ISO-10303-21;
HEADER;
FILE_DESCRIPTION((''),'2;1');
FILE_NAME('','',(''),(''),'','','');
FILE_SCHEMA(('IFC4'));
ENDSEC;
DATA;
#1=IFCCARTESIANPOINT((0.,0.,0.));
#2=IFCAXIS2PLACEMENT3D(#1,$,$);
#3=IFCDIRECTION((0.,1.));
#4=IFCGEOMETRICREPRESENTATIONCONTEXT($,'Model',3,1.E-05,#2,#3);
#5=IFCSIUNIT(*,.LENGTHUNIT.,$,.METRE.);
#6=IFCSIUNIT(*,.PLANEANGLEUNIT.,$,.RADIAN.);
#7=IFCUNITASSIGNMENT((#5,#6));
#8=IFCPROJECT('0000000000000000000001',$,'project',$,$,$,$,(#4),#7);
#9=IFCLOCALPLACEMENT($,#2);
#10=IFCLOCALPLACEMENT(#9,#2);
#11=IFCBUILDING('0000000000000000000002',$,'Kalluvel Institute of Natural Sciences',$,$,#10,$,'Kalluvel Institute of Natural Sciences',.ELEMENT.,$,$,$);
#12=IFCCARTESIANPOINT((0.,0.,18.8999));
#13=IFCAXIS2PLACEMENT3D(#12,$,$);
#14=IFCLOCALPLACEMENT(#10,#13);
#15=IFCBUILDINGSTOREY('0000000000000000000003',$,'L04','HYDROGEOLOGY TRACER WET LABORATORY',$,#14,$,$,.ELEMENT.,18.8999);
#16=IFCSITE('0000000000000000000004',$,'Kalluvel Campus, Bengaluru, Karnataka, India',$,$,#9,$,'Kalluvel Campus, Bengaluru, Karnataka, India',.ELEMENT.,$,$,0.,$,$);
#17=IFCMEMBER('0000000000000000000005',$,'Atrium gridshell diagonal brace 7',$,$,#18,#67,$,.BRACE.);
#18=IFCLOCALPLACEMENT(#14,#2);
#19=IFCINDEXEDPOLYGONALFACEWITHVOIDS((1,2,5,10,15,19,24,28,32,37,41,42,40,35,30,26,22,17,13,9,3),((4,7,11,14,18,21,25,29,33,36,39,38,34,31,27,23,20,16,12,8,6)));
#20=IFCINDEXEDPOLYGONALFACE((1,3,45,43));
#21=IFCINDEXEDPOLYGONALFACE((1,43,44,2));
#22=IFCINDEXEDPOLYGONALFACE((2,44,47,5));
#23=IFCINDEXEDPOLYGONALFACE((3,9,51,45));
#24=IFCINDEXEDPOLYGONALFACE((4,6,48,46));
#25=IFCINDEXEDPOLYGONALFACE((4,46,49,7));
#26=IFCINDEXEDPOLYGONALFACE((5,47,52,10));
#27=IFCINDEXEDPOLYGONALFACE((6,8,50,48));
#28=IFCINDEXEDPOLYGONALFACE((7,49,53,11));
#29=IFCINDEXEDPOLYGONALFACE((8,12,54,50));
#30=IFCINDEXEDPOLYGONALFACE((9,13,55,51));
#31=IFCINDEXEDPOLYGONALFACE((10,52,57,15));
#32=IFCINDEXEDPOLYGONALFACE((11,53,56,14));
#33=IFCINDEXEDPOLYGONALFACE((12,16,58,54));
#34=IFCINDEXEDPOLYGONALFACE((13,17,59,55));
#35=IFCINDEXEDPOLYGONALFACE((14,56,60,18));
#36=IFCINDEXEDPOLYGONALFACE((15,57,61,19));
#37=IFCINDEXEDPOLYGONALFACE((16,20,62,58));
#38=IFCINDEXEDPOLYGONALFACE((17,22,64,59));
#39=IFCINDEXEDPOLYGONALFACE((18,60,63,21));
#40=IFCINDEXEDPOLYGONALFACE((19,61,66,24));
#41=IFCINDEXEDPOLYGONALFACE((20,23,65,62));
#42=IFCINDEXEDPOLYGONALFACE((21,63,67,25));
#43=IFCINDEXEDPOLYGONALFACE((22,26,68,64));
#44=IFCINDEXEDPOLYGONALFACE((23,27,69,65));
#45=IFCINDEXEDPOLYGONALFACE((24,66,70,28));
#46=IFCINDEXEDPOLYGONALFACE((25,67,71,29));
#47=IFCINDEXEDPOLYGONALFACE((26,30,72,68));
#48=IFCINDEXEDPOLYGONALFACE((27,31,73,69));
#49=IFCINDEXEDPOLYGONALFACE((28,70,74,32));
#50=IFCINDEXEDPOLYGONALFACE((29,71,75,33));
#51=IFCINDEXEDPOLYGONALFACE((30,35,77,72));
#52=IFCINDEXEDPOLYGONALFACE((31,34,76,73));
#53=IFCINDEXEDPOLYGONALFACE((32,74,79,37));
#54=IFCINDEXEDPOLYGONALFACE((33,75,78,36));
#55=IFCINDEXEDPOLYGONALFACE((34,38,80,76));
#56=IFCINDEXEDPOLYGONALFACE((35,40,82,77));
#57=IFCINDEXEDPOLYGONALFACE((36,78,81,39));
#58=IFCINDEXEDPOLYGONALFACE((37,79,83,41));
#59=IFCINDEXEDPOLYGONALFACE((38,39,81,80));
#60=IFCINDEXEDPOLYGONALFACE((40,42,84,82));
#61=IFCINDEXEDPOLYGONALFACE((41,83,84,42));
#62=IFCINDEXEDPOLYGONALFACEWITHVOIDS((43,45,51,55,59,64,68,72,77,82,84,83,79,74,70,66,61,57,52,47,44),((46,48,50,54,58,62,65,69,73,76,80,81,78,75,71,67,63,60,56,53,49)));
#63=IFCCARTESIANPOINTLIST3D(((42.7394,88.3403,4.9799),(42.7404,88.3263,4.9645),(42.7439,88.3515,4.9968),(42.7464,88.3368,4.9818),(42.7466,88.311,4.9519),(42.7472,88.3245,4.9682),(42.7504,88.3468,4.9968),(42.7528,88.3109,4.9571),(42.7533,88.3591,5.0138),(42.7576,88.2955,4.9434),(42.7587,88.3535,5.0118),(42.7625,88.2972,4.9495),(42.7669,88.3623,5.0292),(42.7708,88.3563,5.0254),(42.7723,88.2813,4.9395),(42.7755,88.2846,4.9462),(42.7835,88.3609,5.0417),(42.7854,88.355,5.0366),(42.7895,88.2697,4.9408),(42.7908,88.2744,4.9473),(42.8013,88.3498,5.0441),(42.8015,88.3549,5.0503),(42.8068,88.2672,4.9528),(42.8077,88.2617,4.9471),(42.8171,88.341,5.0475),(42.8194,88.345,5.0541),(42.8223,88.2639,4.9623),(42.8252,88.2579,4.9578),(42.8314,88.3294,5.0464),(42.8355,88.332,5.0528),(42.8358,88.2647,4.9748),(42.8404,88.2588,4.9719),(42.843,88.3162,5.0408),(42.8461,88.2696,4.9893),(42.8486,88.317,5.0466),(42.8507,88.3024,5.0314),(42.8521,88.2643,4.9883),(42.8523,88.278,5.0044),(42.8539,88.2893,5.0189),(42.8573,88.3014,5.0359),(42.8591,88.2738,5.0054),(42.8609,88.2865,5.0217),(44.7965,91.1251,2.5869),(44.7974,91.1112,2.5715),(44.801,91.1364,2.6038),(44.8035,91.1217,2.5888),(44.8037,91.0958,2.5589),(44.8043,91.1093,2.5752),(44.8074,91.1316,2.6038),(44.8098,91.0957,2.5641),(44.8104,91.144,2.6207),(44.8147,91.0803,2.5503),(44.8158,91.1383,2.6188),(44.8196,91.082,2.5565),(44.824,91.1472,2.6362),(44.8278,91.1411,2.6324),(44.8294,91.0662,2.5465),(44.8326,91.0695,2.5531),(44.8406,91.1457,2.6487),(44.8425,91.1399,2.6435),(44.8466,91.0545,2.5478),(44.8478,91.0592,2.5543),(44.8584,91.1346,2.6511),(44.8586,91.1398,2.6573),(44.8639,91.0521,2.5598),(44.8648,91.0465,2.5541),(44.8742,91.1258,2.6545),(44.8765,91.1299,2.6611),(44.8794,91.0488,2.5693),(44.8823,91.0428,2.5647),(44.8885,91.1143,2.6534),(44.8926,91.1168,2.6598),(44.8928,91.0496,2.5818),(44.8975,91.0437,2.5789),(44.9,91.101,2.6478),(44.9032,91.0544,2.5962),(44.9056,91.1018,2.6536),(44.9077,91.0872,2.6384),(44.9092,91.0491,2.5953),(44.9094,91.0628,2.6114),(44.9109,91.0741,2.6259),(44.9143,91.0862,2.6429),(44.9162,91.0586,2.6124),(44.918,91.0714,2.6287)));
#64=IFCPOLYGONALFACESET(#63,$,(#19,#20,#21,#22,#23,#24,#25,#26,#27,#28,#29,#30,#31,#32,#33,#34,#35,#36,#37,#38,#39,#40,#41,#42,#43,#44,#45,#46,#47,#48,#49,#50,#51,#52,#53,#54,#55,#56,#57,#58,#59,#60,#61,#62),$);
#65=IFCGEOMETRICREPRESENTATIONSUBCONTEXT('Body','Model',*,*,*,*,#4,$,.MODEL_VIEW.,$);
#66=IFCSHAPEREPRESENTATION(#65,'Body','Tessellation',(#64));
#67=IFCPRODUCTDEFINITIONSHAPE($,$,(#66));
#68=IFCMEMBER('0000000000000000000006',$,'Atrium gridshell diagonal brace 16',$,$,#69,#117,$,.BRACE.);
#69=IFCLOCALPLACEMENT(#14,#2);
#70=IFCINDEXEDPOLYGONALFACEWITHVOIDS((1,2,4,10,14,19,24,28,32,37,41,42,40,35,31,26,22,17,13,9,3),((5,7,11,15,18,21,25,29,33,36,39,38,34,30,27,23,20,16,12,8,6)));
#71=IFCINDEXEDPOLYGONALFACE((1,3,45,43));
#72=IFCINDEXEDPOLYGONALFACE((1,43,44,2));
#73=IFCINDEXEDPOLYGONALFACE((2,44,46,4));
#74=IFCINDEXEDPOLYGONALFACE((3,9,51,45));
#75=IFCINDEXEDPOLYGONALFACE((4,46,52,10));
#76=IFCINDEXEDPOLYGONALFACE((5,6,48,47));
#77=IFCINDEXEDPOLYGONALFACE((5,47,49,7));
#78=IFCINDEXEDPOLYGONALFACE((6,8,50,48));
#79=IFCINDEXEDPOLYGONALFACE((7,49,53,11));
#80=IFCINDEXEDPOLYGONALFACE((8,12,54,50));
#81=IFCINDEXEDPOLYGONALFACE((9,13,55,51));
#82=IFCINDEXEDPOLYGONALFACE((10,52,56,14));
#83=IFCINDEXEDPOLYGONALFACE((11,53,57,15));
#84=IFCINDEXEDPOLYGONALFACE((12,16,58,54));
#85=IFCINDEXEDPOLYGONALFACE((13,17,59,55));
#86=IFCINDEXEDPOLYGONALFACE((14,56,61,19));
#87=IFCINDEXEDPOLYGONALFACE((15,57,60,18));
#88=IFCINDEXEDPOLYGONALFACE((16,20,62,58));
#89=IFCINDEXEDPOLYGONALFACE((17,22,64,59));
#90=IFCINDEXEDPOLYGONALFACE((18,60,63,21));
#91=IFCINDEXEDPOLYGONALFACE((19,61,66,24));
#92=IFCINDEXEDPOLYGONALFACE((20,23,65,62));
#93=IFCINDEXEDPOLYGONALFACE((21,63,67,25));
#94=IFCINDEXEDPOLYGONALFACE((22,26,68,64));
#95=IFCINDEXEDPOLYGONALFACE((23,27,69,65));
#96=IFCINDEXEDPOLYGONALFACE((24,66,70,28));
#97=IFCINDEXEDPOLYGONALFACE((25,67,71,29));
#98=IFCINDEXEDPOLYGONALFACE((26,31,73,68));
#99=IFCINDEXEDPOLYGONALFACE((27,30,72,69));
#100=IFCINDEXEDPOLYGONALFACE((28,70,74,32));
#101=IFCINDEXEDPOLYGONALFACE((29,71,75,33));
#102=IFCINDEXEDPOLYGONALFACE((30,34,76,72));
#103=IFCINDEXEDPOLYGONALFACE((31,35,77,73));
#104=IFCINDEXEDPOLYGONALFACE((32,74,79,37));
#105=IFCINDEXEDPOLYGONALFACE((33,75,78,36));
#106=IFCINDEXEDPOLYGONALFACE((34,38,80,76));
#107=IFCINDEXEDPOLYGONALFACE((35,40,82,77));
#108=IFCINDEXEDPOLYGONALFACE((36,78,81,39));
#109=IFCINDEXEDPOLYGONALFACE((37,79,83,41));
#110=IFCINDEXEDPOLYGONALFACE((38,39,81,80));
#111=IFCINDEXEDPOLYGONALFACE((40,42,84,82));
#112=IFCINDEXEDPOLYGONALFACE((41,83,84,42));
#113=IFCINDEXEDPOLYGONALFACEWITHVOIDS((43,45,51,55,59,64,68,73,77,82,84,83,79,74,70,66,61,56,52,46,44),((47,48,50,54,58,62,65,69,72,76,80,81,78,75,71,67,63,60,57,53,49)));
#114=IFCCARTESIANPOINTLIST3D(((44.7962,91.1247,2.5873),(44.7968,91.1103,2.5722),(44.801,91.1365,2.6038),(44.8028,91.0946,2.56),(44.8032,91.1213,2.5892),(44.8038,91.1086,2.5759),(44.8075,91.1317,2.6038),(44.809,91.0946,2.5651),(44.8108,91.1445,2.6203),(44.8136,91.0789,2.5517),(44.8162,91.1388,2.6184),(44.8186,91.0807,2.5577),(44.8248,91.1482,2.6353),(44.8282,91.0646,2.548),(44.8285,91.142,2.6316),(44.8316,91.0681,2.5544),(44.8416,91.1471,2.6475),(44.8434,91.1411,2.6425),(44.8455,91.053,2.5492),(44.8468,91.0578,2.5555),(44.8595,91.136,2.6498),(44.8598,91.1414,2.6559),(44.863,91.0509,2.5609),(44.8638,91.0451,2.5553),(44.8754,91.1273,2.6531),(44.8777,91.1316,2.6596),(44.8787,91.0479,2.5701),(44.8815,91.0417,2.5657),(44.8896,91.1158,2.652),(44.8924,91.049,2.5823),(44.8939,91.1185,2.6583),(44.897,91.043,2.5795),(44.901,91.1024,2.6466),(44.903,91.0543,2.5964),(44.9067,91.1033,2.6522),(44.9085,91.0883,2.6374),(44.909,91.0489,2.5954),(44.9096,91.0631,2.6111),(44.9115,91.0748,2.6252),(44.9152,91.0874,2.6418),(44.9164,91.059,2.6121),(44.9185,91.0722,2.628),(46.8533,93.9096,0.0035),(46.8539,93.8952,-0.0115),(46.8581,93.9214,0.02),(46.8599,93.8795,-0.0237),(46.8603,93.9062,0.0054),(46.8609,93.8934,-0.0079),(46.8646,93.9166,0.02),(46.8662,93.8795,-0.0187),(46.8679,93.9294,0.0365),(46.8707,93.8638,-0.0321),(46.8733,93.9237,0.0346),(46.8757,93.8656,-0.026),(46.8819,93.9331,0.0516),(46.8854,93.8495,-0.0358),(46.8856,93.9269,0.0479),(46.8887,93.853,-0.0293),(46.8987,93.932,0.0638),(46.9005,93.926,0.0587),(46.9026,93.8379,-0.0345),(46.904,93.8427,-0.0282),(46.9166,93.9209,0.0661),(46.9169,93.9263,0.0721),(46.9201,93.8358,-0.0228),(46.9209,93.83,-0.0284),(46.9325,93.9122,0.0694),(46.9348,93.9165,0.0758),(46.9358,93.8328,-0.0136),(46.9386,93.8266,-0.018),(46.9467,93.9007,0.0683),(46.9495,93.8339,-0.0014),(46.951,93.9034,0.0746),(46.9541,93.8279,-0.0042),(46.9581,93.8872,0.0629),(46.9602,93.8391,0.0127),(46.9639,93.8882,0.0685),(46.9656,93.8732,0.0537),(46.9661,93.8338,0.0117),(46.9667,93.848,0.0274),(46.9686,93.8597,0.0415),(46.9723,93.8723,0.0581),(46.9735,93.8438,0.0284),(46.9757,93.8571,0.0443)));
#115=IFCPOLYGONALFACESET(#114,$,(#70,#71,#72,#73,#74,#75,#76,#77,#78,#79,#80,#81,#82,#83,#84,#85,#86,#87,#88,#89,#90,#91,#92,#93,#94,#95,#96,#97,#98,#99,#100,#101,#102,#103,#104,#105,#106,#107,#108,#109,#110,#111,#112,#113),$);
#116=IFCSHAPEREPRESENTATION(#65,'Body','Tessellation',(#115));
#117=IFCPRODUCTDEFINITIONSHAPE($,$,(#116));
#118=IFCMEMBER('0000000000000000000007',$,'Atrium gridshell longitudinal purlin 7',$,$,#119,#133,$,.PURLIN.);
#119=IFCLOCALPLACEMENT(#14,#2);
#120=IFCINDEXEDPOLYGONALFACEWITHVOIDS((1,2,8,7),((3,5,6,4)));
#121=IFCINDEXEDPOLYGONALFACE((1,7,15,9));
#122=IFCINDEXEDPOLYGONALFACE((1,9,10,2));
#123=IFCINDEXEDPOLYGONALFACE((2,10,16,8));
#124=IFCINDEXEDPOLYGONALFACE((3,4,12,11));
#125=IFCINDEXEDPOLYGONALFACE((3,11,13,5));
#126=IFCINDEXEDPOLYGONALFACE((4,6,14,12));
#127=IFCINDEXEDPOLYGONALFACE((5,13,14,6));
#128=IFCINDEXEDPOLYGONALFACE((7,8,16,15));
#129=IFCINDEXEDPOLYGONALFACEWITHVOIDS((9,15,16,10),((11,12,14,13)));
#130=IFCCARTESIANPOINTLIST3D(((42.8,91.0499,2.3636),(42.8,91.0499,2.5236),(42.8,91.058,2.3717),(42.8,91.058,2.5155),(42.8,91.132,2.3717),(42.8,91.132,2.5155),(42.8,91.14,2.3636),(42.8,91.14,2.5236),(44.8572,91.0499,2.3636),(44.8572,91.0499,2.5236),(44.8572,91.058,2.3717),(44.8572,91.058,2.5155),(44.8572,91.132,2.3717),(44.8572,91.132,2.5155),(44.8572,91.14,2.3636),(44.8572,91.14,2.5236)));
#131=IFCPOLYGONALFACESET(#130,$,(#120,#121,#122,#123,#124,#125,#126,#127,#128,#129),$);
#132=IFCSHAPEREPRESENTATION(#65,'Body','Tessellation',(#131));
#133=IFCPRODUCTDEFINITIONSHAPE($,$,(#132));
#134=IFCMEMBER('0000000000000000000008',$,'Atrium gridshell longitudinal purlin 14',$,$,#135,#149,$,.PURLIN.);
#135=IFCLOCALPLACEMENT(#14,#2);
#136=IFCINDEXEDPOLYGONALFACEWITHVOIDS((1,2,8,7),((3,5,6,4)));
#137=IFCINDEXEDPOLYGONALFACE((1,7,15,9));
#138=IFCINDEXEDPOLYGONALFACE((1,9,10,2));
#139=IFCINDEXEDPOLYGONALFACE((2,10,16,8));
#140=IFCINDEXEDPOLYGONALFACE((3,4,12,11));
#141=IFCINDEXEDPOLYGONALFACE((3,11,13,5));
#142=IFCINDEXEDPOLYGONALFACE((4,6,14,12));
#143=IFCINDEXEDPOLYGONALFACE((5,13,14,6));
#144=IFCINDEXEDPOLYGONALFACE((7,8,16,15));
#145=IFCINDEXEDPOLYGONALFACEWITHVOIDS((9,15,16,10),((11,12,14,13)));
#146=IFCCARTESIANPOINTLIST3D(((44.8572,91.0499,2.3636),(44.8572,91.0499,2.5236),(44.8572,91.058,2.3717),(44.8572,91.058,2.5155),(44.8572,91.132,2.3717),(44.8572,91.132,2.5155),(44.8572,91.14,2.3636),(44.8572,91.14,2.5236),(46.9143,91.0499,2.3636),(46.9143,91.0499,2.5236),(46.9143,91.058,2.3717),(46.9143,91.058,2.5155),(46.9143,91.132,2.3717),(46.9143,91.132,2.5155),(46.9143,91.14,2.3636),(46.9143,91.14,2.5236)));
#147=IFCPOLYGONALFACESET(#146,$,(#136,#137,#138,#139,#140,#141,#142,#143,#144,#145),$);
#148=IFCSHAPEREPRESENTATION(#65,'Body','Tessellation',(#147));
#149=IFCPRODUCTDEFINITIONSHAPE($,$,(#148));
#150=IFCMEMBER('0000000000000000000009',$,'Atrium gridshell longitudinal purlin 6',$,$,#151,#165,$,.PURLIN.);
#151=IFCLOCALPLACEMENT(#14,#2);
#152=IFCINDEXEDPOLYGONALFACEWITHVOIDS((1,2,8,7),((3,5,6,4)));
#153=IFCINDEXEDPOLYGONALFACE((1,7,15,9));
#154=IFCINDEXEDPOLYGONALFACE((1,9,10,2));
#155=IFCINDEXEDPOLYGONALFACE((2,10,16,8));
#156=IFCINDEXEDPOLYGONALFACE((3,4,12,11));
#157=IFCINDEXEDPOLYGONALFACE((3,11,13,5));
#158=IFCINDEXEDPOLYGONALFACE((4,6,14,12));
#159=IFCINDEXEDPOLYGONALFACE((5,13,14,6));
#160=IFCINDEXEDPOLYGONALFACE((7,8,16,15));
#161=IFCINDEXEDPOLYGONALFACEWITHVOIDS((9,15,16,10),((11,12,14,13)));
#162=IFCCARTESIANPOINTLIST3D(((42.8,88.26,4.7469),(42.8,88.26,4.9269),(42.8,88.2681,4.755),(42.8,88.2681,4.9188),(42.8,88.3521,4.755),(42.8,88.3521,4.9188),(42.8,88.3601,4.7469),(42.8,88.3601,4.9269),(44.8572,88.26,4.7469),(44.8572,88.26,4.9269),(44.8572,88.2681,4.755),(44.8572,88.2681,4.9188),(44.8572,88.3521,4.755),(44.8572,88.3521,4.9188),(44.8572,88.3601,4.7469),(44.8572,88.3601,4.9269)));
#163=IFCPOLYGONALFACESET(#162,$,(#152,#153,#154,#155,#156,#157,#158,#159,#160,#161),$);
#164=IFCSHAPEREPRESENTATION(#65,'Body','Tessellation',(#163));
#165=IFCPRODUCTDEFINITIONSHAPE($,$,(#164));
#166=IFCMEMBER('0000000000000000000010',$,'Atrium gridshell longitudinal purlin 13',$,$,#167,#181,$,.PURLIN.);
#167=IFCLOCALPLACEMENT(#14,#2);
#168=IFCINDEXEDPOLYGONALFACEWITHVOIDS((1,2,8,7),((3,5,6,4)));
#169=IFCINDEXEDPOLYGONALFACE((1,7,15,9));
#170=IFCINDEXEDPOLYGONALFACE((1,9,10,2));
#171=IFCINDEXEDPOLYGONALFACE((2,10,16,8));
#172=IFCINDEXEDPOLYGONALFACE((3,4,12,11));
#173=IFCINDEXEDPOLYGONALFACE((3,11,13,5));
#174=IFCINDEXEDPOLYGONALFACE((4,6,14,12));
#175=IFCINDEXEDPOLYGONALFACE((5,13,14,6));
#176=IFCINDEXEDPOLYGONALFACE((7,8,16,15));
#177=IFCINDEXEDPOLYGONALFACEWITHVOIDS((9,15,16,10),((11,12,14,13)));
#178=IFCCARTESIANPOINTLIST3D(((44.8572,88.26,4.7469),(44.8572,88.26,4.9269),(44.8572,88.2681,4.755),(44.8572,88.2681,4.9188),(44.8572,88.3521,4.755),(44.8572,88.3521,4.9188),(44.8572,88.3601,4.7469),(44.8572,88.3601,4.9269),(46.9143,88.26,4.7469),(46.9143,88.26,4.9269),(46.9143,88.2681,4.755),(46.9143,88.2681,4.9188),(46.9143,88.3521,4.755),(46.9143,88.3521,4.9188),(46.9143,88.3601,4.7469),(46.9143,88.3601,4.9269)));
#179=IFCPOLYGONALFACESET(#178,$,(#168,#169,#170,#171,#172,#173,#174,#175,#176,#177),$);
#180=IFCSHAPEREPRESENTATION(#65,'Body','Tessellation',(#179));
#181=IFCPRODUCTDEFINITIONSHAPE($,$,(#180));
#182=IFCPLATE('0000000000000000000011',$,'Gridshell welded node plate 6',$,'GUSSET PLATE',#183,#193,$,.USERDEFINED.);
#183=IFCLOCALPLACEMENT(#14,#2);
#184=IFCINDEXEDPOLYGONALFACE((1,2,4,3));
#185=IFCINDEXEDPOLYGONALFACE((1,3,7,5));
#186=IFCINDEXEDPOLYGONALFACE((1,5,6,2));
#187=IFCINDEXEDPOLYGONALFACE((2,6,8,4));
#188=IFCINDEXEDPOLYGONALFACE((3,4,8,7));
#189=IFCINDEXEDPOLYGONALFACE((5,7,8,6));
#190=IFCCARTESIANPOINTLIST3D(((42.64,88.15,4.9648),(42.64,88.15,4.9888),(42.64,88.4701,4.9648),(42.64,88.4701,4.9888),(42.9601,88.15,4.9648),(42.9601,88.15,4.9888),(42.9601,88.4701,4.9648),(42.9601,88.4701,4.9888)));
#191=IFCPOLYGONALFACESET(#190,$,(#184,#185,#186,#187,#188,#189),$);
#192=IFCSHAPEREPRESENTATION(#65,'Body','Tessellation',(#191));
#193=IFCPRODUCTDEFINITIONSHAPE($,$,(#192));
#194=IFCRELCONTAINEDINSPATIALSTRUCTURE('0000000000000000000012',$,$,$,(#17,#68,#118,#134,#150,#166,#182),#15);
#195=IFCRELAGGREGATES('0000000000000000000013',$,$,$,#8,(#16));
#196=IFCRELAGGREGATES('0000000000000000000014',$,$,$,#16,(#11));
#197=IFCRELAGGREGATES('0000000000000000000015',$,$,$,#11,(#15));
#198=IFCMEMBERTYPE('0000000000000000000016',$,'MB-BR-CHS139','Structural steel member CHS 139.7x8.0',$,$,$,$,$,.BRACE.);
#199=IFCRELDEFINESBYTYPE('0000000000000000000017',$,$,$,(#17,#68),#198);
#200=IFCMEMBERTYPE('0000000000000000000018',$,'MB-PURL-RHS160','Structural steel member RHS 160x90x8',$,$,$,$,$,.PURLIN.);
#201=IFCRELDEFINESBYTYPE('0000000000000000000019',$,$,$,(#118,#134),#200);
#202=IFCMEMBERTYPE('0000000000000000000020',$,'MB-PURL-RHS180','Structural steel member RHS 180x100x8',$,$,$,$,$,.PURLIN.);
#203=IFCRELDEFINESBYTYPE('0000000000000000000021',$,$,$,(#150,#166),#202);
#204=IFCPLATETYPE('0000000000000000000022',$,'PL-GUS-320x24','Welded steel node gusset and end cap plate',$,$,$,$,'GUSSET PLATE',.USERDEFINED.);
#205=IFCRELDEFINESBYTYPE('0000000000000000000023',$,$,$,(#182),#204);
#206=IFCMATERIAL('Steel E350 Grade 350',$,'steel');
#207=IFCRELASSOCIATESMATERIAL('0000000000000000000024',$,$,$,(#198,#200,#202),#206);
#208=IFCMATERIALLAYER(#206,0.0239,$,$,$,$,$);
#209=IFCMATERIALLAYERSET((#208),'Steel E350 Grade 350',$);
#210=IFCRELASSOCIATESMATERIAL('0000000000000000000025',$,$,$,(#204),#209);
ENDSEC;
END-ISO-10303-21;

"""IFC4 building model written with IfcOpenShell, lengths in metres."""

from ifc_helpers import new_model, si_unit, direction, frame, origin, origin_2d, place, context, subcontext, project, spatial, rectangle, hollow_rectangle, hollow_circle, extrude, material, layer, layer_set, material_profile, profile_set, type_object, element, save


model = new_model("IFC4")

# Units and contexts
model_context = context("Model", 3, precision=1e-05, world=origin(), true_north=direction((0.0, 1.0)))
body_context = subcontext(model_context, "Body", "Model", "MODEL_VIEW")
ifc_project = project(units=[si_unit("LENGTHUNIT", "METRE"), si_unit("PLANEANGLEUNIT", "RADIAN")], contexts=[model_context])

# Site, building, storey
site_placement = place(None, origin())
site = spatial("IfcSite", under=ifc_project, at=site_placement, Name="Kalluvel Campus, Bengaluru, Karnataka, India", LongName="Kalluvel Campus, Bengaluru, Karnataka, India", CompositionType="ELEMENT", RefElevation=0.0)
building_placement = place(site_placement, origin())
building = spatial("IfcBuilding", under=site, at=building_placement, Name="Kalluvel Institute of Natural Sciences", LongName="Kalluvel Institute of Natural Sciences", CompositionType="ELEMENT")
storey_placement = place(building_placement, frame((0.0, 0.0, 18.8999)))
storey = spatial("IfcBuildingStorey", under=building, at=storey_placement, Name="L04", Description="HYDROGEOLOGY TRACER WET LABORATORY", CompositionType="ELEMENT", Elevation=18.8999)

# Members
ifc_material_1 = material(Name="Steel E350 Grade 350", Category="steel")
ifc_material_profile_1 = material_profile(ifc_material_1, hollow_circle(Radius=0.0698, WallThickness=0.0081, at=origin_2d()), Name="CHS 139.7x8.0")
ifc_profile_set_1 = profile_set([ifc_material_profile_1], Name="Steel E350 Grade 350")
member_type_1 = type_object("IfcMemberType", Name="MB-BR-CHS139", Description="Structural steel member CHS 139.7x8.0", PredefinedType="BRACE", material=ifc_profile_set_1)
member_1_placement = place(storey_placement, frame((42.8, 88.3101, 4.9968), z_axis=(0.488765, 0.661683, -0.568582), x_axis=(-0.804353, 0.594151, 0.0)))
element("IfcMember", 1, at=member_1_placement, inside=storey, type_object=member_type_1, Name="Atrium gridshell diagonal brace 7", PredefinedType="BRACE", context=body_context, shape_type="SweptSolid", body=[
    extrude(hollow_circle(Radius=0.0698, WallThickness=0.0081, at=origin_2d()), origin(), (0.0, 0.0, 1.0), 4.2087),
])
member_2_placement = place(storey_placement, frame((44.8572, 91.095, 2.6038), z_axis=(0.476177, 0.644641, -0.598075), x_axis=(-0.804353, 0.594151, 0.0)))
element("IfcMember", 2, at=member_2_placement, inside=storey, type_object=member_type_1, Name="Atrium gridshell diagonal brace 16", PredefinedType="BRACE", context=body_context, shape_type="SweptSolid", body=[
    extrude(hollow_circle(Radius=0.0698, WallThickness=0.0081, at=origin_2d()), origin(), (0.0, 0.0, 1.0), 4.3201),
])
ifc_material_profile_2 = material_profile(ifc_material_1, hollow_rectangle(XDim=0.0901, YDim=0.1599, WallThickness=0.0081, at=origin_2d()), Name="RHS 160x90x8")
ifc_profile_set_2 = profile_set([ifc_material_profile_2], Name="Steel E350 Grade 350")
member_type_2 = type_object("IfcMemberType", Name="MB-PURL-RHS160", Description="Structural steel member RHS 160x90x8", PredefinedType="PURLIN", material=ifc_profile_set_2)
for number, where, z_axis, x_axis, name in (
    (3, (42.8, 91.095, 2.4436), (1.0, 0.0, 0.0), (0.0, 1.0, 0.0), "Atrium gridshell longitudinal purlin 7"),
    (4, (44.8572, 91.095, 2.4436), (1.0, 0.0, 0.0), (0.0, 1.0, 0.0), "Atrium gridshell longitudinal purlin 14"),
):
    element("IfcMember", number, at=place(storey_placement, frame(where, z_axis=z_axis, x_axis=x_axis)), inside=storey, type_object=member_type_2, Name=name, PredefinedType="PURLIN", context=body_context, shape_type="SweptSolid", body=[
        extrude(hollow_rectangle(XDim=0.0901, YDim=0.1599, WallThickness=0.0081, at=origin_2d()), origin(), (0.0, 0.0, 1.0), 2.0571),
    ])
ifc_material_profile_3 = material_profile(ifc_material_1, hollow_rectangle(XDim=0.1001, YDim=0.1799, WallThickness=0.0081, at=origin_2d()), Name="RHS 180x100x8")
ifc_profile_set_3 = profile_set([ifc_material_profile_3], Name="Steel E350 Grade 350")
member_type_3 = type_object("IfcMemberType", Name="MB-PURL-RHS180", Description="Structural steel member RHS 180x100x8", PredefinedType="PURLIN", material=ifc_profile_set_3)
for number, where, z_axis, x_axis, name in (
    (5, (42.8, 88.3101, 4.8369), (1.0, 0.0, 0.0), (0.0, 1.0, 0.0), "Atrium gridshell longitudinal purlin 6"),
    (6, (44.8572, 88.3101, 4.8369), (1.0, 0.0, 0.0), (0.0, 1.0, 0.0), "Atrium gridshell longitudinal purlin 13"),
):
    element("IfcMember", number, at=place(storey_placement, frame(where, z_axis=z_axis, x_axis=x_axis)), inside=storey, type_object=member_type_3, Name=name, PredefinedType="PURLIN", context=body_context, shape_type="SweptSolid", body=[
        extrude(hollow_rectangle(XDim=0.1001, YDim=0.1799, WallThickness=0.0081, at=origin_2d()), origin(), (0.0, 0.0, 1.0), 2.0571),
    ])

# Plate
ifc_layer_1 = layer(ifc_material_1, 0.0239)
ifc_layer_set_1 = layer_set([ifc_layer_1], Name="Steel E350 Grade 350")
plate_type_1 = type_object("IfcPlateType", Name="PL-GUS-320x24", Description="Welded steel node gusset and end cap plate", ElementType="GUSSET PLATE", PredefinedType="USERDEFINED", material=ifc_layer_set_1)
plate_1_placement = place(storey_placement, frame((42.8, 88.3101, 4.9648), z_axis=(0.0, 0.0, 1.0), x_axis=(1.0, 0.0, 0.0)))
element("IfcPlate", 7, at=plate_1_placement, inside=storey, type_object=plate_type_1, Name="Gridshell welded node plate 6", ObjectType="GUSSET PLATE", PredefinedType="USERDEFINED", context=body_context, shape_type="SweptSolid", body=[
    extrude(rectangle(XDim=0.3201, YDim=0.3201, at=origin_2d()), origin(), (0.0, 0.0, 1.0), 0.0239),
])

save(model, "model.ifc")
